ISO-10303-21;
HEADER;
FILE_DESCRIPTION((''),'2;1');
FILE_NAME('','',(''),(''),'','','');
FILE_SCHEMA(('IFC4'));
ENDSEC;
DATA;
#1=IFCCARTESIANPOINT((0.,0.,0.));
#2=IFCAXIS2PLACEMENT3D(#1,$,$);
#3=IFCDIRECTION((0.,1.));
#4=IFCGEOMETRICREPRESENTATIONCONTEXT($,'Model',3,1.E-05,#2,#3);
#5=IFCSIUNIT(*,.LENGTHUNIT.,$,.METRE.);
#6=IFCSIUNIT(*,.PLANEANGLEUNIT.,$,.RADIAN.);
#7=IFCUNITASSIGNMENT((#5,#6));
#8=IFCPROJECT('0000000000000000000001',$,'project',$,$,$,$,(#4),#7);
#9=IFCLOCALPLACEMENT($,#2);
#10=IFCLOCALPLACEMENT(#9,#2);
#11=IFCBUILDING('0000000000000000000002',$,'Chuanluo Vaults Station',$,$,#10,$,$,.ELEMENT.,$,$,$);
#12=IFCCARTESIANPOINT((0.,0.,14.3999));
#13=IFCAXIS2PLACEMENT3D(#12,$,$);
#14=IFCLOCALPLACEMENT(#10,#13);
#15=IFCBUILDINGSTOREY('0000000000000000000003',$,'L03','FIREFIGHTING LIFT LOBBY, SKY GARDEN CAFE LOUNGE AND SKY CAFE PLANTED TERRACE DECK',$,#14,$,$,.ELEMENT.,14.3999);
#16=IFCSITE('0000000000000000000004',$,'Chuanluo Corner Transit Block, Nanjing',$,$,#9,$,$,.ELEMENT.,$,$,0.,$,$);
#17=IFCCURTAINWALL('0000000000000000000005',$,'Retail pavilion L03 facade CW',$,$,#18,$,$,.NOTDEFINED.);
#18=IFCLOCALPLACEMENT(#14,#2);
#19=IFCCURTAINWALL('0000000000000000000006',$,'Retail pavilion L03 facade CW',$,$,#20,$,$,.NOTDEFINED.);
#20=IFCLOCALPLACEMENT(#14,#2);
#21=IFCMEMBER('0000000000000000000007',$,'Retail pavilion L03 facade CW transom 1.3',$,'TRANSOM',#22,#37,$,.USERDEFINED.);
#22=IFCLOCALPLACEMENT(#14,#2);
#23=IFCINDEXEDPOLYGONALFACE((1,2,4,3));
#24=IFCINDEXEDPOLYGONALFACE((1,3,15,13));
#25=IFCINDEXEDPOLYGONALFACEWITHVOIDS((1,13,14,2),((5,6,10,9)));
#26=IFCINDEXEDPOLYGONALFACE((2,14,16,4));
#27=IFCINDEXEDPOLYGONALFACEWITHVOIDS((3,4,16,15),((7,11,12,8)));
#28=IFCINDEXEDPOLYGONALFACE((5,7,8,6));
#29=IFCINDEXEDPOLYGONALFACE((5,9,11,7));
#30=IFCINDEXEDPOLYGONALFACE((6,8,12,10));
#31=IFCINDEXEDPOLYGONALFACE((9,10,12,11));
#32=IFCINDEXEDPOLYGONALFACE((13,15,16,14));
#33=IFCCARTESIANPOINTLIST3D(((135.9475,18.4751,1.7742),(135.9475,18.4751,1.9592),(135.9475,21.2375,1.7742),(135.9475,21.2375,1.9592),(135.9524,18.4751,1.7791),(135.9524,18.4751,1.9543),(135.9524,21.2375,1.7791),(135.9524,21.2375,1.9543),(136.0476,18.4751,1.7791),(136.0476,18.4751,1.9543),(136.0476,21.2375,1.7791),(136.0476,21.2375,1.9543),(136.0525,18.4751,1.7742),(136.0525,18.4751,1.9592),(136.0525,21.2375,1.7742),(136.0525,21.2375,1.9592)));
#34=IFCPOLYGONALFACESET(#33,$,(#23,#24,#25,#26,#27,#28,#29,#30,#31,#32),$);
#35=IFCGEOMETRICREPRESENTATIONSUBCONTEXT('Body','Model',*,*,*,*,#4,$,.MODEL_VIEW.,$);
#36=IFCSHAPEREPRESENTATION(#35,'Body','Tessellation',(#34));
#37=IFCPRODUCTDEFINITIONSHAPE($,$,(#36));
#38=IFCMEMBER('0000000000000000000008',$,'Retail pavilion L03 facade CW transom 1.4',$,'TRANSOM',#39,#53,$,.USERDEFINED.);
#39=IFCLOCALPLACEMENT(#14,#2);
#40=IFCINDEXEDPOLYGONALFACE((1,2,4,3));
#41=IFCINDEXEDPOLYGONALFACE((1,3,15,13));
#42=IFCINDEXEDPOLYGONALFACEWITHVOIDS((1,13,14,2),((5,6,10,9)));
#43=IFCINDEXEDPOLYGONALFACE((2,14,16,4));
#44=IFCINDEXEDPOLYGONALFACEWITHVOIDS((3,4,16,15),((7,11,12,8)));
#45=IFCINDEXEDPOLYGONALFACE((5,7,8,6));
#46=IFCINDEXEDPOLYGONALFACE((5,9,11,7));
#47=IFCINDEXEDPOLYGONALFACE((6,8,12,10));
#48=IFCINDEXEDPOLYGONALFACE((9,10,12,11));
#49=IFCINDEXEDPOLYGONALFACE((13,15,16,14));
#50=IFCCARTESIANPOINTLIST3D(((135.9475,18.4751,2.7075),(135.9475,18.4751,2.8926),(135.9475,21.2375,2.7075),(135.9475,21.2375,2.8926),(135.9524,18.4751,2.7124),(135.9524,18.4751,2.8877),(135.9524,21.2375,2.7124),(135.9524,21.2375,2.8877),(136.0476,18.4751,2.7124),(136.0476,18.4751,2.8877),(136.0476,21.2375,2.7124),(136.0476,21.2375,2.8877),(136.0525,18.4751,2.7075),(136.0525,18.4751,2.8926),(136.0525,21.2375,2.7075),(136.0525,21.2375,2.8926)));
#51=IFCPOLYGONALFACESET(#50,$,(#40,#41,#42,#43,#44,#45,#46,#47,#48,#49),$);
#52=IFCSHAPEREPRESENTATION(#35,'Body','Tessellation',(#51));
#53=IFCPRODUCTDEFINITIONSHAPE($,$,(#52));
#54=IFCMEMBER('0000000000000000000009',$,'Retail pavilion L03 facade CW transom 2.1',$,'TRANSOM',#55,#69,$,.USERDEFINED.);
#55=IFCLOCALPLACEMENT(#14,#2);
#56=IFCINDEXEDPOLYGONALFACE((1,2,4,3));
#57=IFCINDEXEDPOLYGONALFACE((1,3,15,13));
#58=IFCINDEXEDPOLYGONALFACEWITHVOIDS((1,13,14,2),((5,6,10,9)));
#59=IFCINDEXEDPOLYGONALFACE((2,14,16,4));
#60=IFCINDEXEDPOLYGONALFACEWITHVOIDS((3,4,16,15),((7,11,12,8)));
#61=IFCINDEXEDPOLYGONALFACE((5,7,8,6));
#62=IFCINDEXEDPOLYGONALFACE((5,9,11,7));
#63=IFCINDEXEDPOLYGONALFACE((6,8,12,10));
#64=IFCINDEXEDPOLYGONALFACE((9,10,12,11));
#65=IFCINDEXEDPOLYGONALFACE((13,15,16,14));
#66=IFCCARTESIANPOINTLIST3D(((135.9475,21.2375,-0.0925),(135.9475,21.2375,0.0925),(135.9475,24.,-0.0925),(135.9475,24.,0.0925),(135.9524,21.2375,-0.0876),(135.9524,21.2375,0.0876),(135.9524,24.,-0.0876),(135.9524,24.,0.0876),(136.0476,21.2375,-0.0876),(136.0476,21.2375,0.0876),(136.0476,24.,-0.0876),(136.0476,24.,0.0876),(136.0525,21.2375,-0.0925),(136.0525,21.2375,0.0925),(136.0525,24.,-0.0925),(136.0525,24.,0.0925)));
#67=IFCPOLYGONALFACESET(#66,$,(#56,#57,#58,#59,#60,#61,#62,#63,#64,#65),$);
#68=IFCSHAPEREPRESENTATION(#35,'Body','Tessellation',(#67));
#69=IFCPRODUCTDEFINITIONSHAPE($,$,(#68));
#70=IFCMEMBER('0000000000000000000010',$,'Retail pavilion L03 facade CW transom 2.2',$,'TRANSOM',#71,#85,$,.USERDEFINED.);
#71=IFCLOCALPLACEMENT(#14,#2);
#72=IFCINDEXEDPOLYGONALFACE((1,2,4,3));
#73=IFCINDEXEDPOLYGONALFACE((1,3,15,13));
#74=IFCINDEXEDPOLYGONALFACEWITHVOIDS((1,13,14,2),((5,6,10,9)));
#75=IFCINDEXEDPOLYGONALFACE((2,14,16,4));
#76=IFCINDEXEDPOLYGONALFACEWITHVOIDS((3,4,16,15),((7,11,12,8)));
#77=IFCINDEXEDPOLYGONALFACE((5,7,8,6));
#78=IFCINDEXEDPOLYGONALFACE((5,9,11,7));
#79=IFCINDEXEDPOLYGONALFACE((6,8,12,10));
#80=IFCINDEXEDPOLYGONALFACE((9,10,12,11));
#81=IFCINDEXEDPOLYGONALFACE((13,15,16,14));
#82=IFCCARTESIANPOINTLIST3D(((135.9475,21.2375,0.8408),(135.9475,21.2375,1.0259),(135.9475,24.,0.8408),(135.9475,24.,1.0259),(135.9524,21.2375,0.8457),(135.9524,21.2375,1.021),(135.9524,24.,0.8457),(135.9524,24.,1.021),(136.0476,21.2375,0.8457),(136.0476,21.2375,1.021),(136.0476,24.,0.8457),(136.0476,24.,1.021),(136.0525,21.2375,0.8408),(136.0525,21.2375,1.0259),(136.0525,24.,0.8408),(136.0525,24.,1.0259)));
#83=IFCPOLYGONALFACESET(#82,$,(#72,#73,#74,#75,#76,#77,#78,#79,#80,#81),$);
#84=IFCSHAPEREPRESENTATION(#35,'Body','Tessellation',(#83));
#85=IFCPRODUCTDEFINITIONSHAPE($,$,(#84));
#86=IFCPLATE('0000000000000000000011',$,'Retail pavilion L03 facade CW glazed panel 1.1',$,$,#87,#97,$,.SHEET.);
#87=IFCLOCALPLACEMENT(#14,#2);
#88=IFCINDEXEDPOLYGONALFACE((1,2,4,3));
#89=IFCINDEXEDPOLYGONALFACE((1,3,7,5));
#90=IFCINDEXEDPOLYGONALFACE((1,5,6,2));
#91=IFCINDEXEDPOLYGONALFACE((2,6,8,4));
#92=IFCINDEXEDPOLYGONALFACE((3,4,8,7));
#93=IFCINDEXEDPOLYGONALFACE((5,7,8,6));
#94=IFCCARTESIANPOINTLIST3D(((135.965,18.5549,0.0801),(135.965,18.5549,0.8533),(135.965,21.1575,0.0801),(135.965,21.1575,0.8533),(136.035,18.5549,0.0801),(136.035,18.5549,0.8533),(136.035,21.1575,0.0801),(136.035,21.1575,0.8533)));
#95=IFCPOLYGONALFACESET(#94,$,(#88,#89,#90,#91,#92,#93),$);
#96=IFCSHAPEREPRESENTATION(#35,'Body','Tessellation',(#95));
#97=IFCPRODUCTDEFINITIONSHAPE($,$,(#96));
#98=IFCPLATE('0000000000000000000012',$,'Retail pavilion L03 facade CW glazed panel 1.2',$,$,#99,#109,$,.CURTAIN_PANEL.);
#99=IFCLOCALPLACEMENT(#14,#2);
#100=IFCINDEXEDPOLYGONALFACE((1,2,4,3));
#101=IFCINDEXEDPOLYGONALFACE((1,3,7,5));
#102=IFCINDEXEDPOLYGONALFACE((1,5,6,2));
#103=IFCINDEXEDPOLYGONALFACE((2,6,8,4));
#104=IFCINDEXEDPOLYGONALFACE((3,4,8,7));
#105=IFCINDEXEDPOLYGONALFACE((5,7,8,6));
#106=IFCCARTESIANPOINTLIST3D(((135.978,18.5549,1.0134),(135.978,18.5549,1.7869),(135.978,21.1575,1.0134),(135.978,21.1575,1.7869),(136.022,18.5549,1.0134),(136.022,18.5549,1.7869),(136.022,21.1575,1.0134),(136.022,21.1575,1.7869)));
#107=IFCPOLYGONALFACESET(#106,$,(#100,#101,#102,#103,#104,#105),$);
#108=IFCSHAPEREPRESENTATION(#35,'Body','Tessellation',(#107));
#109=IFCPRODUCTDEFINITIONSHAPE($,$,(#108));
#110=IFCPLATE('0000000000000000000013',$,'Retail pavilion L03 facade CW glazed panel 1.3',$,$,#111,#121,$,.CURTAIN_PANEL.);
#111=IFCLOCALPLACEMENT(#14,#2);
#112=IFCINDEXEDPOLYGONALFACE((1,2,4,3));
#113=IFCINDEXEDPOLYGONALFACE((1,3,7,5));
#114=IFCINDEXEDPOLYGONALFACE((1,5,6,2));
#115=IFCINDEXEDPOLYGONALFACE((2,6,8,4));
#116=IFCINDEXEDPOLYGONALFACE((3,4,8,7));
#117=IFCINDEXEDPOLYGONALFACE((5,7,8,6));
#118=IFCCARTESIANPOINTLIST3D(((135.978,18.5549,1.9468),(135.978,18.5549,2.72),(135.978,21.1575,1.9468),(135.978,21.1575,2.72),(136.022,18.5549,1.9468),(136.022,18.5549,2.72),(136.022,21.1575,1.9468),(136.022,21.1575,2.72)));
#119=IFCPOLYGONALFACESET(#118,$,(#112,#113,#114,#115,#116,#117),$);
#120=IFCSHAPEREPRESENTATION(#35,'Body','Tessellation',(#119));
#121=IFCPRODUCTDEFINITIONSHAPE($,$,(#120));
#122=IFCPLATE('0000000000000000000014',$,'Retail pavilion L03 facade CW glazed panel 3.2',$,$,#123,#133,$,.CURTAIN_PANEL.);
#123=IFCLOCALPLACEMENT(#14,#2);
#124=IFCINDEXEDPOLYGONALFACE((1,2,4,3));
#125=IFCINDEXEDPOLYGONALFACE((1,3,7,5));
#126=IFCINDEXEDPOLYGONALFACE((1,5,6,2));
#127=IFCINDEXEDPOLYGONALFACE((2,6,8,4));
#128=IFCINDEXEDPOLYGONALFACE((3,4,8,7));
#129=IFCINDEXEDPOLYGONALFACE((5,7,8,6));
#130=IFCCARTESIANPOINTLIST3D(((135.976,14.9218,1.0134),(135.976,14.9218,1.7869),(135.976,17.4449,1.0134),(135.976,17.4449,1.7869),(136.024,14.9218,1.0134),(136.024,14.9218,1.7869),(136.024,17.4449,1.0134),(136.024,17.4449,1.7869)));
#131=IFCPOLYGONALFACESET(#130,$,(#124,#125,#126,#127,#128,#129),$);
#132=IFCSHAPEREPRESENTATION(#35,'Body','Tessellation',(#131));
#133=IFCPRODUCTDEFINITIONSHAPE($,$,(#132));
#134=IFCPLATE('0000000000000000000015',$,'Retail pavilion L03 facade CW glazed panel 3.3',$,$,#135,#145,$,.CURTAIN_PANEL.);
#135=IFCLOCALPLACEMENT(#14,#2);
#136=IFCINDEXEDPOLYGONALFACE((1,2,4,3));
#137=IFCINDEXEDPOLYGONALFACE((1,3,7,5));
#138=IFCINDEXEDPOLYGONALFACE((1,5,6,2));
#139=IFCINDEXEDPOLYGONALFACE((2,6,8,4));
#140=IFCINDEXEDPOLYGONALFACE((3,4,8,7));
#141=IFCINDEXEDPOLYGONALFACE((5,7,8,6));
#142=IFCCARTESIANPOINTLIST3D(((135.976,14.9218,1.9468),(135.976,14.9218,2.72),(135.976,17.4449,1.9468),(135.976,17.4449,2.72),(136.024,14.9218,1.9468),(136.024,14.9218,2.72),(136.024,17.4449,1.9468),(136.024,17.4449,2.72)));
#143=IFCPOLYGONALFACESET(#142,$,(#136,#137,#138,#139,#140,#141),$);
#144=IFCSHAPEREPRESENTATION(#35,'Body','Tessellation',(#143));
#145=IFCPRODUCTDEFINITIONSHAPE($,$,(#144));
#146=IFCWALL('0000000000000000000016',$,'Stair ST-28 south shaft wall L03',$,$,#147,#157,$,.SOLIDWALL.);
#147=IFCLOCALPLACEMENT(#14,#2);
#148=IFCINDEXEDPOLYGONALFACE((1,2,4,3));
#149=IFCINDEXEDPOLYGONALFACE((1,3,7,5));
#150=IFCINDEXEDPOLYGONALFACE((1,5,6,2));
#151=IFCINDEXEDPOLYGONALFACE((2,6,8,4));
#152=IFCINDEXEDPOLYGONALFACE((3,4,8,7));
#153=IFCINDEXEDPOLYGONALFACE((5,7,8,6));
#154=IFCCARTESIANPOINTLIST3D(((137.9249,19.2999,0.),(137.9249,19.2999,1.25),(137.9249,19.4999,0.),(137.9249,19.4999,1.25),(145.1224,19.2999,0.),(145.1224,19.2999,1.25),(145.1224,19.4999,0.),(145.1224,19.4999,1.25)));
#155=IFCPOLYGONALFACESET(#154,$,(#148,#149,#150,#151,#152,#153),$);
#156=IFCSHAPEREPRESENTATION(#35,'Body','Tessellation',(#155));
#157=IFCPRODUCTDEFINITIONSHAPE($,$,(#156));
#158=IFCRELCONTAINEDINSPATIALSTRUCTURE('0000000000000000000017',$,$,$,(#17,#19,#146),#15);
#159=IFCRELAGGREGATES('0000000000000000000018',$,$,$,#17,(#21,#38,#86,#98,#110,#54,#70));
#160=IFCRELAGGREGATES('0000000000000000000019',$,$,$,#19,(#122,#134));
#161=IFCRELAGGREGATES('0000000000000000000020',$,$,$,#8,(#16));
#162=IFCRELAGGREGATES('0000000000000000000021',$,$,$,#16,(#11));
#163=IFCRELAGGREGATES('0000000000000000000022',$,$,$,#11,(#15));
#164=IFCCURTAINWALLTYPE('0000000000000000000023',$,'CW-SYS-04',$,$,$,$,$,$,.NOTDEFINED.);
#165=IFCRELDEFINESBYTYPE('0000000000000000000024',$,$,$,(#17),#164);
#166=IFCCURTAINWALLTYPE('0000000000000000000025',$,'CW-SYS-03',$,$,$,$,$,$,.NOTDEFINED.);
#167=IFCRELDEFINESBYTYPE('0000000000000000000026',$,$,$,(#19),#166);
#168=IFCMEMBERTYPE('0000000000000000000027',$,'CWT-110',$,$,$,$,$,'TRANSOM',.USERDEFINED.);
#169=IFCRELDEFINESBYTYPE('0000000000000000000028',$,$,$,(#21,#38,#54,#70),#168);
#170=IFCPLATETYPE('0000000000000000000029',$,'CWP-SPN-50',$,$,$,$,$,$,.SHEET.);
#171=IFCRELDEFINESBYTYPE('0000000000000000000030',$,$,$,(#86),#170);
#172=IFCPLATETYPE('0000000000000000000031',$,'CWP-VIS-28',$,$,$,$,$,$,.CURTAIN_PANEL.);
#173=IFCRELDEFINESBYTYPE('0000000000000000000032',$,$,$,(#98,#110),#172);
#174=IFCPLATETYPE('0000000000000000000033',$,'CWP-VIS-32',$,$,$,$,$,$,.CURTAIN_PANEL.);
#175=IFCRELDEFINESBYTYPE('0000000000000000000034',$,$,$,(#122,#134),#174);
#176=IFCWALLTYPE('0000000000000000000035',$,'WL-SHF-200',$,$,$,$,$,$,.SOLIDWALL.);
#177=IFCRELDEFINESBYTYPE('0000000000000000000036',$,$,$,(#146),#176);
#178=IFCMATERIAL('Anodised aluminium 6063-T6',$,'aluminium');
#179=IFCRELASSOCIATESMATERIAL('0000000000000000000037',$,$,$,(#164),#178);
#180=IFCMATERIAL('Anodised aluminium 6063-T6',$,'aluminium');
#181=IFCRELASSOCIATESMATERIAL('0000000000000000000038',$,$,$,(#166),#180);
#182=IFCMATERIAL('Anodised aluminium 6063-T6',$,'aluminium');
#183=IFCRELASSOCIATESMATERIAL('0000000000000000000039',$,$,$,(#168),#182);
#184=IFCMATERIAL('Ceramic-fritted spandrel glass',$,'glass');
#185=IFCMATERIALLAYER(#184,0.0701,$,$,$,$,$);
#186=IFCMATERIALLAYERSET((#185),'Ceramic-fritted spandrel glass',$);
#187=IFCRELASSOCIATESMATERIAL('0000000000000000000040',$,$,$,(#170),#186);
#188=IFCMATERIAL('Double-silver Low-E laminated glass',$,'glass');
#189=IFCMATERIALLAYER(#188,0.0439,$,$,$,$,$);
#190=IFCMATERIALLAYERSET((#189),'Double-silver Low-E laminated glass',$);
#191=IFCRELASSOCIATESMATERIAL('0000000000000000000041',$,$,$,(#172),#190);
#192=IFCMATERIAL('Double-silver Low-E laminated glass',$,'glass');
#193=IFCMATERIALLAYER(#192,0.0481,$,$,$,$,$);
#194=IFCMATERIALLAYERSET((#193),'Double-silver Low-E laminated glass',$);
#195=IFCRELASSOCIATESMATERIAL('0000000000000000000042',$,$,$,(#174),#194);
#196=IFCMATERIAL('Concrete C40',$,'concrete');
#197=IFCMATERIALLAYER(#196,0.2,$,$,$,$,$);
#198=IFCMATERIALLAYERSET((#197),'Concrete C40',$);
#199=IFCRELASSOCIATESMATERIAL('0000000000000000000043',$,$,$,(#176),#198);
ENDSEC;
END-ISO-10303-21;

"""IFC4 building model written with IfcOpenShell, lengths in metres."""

from ifc_helpers import new_model, si_unit, direction, frame, frame_2d, origin, origin_2d, place, context, subcontext, project, spatial, rectangle, hollow_rectangle, extrude, material, layer, layer_set, material_profile, profile_set, type_object, element, aggregate, save


model = new_model("IFC4")

# Units and contexts
model_context = context("Model", 3, precision=1e-05, world=origin(), true_north=direction((0.0, 1.0)))
body_context = subcontext(model_context, "Body", "Model", "MODEL_VIEW")
ifc_project = project(units=[si_unit("LENGTHUNIT", "METRE"), si_unit("PLANEANGLEUNIT", "RADIAN")], contexts=[model_context])

# Site, building, storey
site_placement = place(None, origin())
site = spatial("IfcSite", under=ifc_project, at=site_placement, Name="Chuanluo Corner Transit Block, Nanjing", CompositionType="ELEMENT", RefElevation=0.0)
building_placement = place(site_placement, origin())
building = spatial("IfcBuilding", under=site, at=building_placement, Name="Chuanluo Vaults Station", CompositionType="ELEMENT")
storey_placement = place(building_placement, frame((0.0, 0.0, 14.3999)))
storey = spatial("IfcBuildingStorey", under=building, at=storey_placement, Name="L03", Description="FIREFIGHTING LIFT LOBBY, SKY GARDEN CAFE LOUNGE AND SKY CAFE PLANTED TERRACE DECK", CompositionType="ELEMENT", Elevation=14.3999)

# Curtain wall
ifc_material_1 = material(Name="Anodised aluminium 6063-T6", Category="aluminium")
curtain_wall_type_1 = type_object("IfcCurtainWallType", Name="CW-SYS-04", PredefinedType="NOTDEFINED", material=ifc_material_1)
curtain_wall_1_placement = place(storey_placement, origin())
curtain_wall_1 = element("IfcCurtainWall", 1, at=curtain_wall_1_placement, inside=storey, type_object=curtain_wall_type_1, Name="Retail pavilion L03 facade CW", PredefinedType="NOTDEFINED")

# Curtain wall
ifc_material_2 = material(Name="Anodised aluminium 6063-T6", Category="aluminium")
curtain_wall_type_2 = type_object("IfcCurtainWallType", Name="CW-SYS-03", PredefinedType="NOTDEFINED", material=ifc_material_2)
curtain_wall_2_placement = place(storey_placement, origin())
curtain_wall_2 = element("IfcCurtainWall", 2, at=curtain_wall_2_placement, inside=storey, type_object=curtain_wall_type_2, Name="Retail pavilion L03 facade CW", PredefinedType="NOTDEFINED")

# Members
ifc_material_3 = material(Name="Anodised aluminium 6063-T6", Category="aluminium")
ifc_material_profile_1 = material_profile(ifc_material_3, hollow_rectangle(XDim=0.105, YDim=0.1851, WallThickness=0.0049, at=origin_2d()))
ifc_profile_set_1 = profile_set([ifc_material_profile_1], Name="Anodised aluminium 6063-T6")
member_type_1 = type_object("IfcMemberType", Name="CWT-110", ElementType="TRANSOM", PredefinedType="USERDEFINED", material=ifc_profile_set_1)
member_1_placement = place(storey_placement, frame((136.0, 18.4751, 1.8667), z_axis=(0.0, 1.0, 0.0), x_axis=(-1.0, 0.0, 0.0)))
member_1 = element("IfcMember", 3, at=member_1_placement, type_object=member_type_1, Name="Retail pavilion L03 facade CW transom 1.3", ObjectType="TRANSOM", PredefinedType="USERDEFINED", context=body_context, shape_type="SweptSolid", body=[
    extrude(hollow_rectangle(XDim=0.105, YDim=0.1851, WallThickness=0.0049, at=origin_2d()), origin(), (0.0, 0.0, 1.0), 2.7625),
])
member_2_placement = place(storey_placement, frame((136.0, 18.4751, 2.8), z_axis=(0.0, 1.0, 0.0), x_axis=(-1.0, 0.0, 0.0)))
member_2 = element("IfcMember", 4, at=member_2_placement, type_object=member_type_1, Name="Retail pavilion L03 facade CW transom 1.4", ObjectType="TRANSOM", PredefinedType="USERDEFINED", context=body_context, shape_type="SweptSolid", body=[
    extrude(hollow_rectangle(XDim=0.105, YDim=0.1851, WallThickness=0.0049, at=origin_2d()), origin(), (0.0, 0.0, 1.0), 2.7625),
])
member_3_placement = place(storey_placement, frame((136.0, 21.2375, 0.0), z_axis=(0.0, 1.0, 0.0), x_axis=(-1.0, 0.0, 0.0)))
member_3 = element("IfcMember", 5, at=member_3_placement, type_object=member_type_1, Name="Retail pavilion L03 facade CW transom 2.1", ObjectType="TRANSOM", PredefinedType="USERDEFINED", context=body_context, shape_type="SweptSolid", body=[
    extrude(hollow_rectangle(XDim=0.105, YDim=0.1851, WallThickness=0.0049, at=origin_2d()), origin(), (0.0, 0.0, 1.0), 2.7625),
])
member_4_placement = place(storey_placement, frame((136.0, 21.2375, 0.9333), z_axis=(0.0, 1.0, 0.0), x_axis=(-1.0, 0.0, 0.0)))
member_4 = element("IfcMember", 6, at=member_4_placement, type_object=member_type_1, Name="Retail pavilion L03 facade CW transom 2.2", ObjectType="TRANSOM", PredefinedType="USERDEFINED", context=body_context, shape_type="SweptSolid", body=[
    extrude(hollow_rectangle(XDim=0.105, YDim=0.1851, WallThickness=0.0049, at=origin_2d()), origin(), (0.0, 0.0, 1.0), 2.7625),
])

# Plates
ifc_material_4 = material(Name="Ceramic-fritted spandrel glass", Category="glass")
ifc_layer_1 = layer(ifc_material_4, 0.0701)
ifc_layer_set_1 = layer_set([ifc_layer_1], Name="Ceramic-fritted spandrel glass")
plate_type_1 = type_object("IfcPlateType", Name="CWP-SPN-50", PredefinedType="SHEET", material=ifc_layer_set_1)
plate_1_placement = place(storey_placement, frame((136.0, 19.8562, 0.0801), z_axis=(0.0, 0.0, 1.0), x_axis=(0.0, 1.0, 0.0)))
plate_1 = element("IfcPlate", 7, at=plate_1_placement, type_object=plate_type_1, Name="Retail pavilion L03 facade CW glazed panel 1.1", PredefinedType="SHEET", context=body_context, shape_type="SweptSolid", body=[
    extrude(rectangle(XDim=2.6025, YDim=0.0701, at=origin_2d()), origin(), (0.0, 0.0, 1.0), 0.7732),
])
ifc_material_5 = material(Name="Double-silver Low-E laminated glass", Category="glass")
ifc_layer_2 = layer(ifc_material_5, 0.0439)
ifc_layer_set_2 = layer_set([ifc_layer_2], Name="Double-silver Low-E laminated glass")
plate_type_2 = type_object("IfcPlateType", Name="CWP-VIS-28", PredefinedType="CURTAIN_PANEL", material=ifc_layer_set_2)
plate_2_placement = place(storey_placement, frame((136.0, 19.8562, 1.0134), z_axis=(0.0, 0.0, 1.0), x_axis=(0.0, 1.0, 0.0)))
plate_2 = element("IfcPlate", 8, at=plate_2_placement, type_object=plate_type_2, Name="Retail pavilion L03 facade CW glazed panel 1.2", PredefinedType="CURTAIN_PANEL", context=body_context, shape_type="SweptSolid", body=[
    extrude(rectangle(XDim=2.6025, YDim=0.0439, at=origin_2d()), origin(), (0.0, 0.0, 1.0), 0.7734),
])
plate_3_placement = place(storey_placement, frame((136.0, 19.8562, 1.9468), z_axis=(0.0, 0.0, 1.0), x_axis=(0.0, 1.0, 0.0)))
plate_3 = element("IfcPlate", 9, at=plate_3_placement, type_object=plate_type_2, Name="Retail pavilion L03 facade CW glazed panel 1.3", PredefinedType="CURTAIN_PANEL", context=body_context, shape_type="SweptSolid", body=[
    extrude(rectangle(XDim=2.6025, YDim=0.0439, at=origin_2d()), origin(), (0.0, 0.0, 1.0), 0.7732),
])
aggregate(curtain_wall_1, [member_1, member_2, plate_1, plate_2, plate_3, member_3, member_4])
ifc_material_6 = material(Name="Double-silver Low-E laminated glass", Category="glass")
ifc_layer_3 = layer(ifc_material_6, 0.0481)
ifc_layer_set_3 = layer_set([ifc_layer_3], Name="Double-silver Low-E laminated glass")
plate_type_3 = type_object("IfcPlateType", Name="CWP-VIS-32", PredefinedType="CURTAIN_PANEL", material=ifc_layer_set_3)
plate_4_placement = place(storey_placement, frame((136.0, 16.1833, 1.0134), z_axis=(0.0, 0.0, 1.0), x_axis=(0.0, 1.0, 0.0)))
plate_4 = element("IfcPlate", 10, at=plate_4_placement, type_object=plate_type_3, Name="Retail pavilion L03 facade CW glazed panel 3.2", PredefinedType="CURTAIN_PANEL", context=body_context, shape_type="SweptSolid", body=[
    extrude(rectangle(XDim=2.5232, YDim=0.0481, at=origin_2d()), origin(), (0.0, 0.0, 1.0), 0.7734),
])
plate_5_placement = place(storey_placement, frame((136.0, 16.1833, 1.9468), z_axis=(0.0, 0.0, 1.0), x_axis=(0.0, 1.0, 0.0)))
plate_5 = element("IfcPlate", 11, at=plate_5_placement, type_object=plate_type_3, Name="Retail pavilion L03 facade CW glazed panel 3.3", PredefinedType="CURTAIN_PANEL", context=body_context, shape_type="SweptSolid", body=[
    extrude(rectangle(XDim=2.5232, YDim=0.0481, at=origin_2d()), origin(), (0.0, 0.0, 1.0), 0.7732),
])
aggregate(curtain_wall_2, [plate_4, plate_5])

# Wall
ifc_material_7 = material(Name="Concrete C40", Category="concrete")
ifc_layer_4 = layer(ifc_material_7, 0.2)
ifc_layer_set_4 = layer_set([ifc_layer_4], Name="Concrete C40")
wall_type = type_object("IfcWallType", Name="WL-SHF-200", PredefinedType="SOLIDWALL", material=ifc_layer_set_4)
wall_placement = place(storey_placement, frame((137.925, 19.3999, 0.0), z_axis=(0.0, 0.0, 1.0), x_axis=(1.0, 0.0, 0.0)))
element("IfcWall", 12, at=wall_placement, inside=storey, type_object=wall_type, Name="Stair ST-28 south shaft wall L03", PredefinedType="SOLIDWALL", context=body_context, shape_type="SweptSolid", body=[
    extrude(rectangle(XDim=7.1975, YDim=0.2, at=frame_2d((3.5986, 0.0))), origin(), (0.0, 0.0, 1.0), 1.25),
])

save(model, "model.ifc")
